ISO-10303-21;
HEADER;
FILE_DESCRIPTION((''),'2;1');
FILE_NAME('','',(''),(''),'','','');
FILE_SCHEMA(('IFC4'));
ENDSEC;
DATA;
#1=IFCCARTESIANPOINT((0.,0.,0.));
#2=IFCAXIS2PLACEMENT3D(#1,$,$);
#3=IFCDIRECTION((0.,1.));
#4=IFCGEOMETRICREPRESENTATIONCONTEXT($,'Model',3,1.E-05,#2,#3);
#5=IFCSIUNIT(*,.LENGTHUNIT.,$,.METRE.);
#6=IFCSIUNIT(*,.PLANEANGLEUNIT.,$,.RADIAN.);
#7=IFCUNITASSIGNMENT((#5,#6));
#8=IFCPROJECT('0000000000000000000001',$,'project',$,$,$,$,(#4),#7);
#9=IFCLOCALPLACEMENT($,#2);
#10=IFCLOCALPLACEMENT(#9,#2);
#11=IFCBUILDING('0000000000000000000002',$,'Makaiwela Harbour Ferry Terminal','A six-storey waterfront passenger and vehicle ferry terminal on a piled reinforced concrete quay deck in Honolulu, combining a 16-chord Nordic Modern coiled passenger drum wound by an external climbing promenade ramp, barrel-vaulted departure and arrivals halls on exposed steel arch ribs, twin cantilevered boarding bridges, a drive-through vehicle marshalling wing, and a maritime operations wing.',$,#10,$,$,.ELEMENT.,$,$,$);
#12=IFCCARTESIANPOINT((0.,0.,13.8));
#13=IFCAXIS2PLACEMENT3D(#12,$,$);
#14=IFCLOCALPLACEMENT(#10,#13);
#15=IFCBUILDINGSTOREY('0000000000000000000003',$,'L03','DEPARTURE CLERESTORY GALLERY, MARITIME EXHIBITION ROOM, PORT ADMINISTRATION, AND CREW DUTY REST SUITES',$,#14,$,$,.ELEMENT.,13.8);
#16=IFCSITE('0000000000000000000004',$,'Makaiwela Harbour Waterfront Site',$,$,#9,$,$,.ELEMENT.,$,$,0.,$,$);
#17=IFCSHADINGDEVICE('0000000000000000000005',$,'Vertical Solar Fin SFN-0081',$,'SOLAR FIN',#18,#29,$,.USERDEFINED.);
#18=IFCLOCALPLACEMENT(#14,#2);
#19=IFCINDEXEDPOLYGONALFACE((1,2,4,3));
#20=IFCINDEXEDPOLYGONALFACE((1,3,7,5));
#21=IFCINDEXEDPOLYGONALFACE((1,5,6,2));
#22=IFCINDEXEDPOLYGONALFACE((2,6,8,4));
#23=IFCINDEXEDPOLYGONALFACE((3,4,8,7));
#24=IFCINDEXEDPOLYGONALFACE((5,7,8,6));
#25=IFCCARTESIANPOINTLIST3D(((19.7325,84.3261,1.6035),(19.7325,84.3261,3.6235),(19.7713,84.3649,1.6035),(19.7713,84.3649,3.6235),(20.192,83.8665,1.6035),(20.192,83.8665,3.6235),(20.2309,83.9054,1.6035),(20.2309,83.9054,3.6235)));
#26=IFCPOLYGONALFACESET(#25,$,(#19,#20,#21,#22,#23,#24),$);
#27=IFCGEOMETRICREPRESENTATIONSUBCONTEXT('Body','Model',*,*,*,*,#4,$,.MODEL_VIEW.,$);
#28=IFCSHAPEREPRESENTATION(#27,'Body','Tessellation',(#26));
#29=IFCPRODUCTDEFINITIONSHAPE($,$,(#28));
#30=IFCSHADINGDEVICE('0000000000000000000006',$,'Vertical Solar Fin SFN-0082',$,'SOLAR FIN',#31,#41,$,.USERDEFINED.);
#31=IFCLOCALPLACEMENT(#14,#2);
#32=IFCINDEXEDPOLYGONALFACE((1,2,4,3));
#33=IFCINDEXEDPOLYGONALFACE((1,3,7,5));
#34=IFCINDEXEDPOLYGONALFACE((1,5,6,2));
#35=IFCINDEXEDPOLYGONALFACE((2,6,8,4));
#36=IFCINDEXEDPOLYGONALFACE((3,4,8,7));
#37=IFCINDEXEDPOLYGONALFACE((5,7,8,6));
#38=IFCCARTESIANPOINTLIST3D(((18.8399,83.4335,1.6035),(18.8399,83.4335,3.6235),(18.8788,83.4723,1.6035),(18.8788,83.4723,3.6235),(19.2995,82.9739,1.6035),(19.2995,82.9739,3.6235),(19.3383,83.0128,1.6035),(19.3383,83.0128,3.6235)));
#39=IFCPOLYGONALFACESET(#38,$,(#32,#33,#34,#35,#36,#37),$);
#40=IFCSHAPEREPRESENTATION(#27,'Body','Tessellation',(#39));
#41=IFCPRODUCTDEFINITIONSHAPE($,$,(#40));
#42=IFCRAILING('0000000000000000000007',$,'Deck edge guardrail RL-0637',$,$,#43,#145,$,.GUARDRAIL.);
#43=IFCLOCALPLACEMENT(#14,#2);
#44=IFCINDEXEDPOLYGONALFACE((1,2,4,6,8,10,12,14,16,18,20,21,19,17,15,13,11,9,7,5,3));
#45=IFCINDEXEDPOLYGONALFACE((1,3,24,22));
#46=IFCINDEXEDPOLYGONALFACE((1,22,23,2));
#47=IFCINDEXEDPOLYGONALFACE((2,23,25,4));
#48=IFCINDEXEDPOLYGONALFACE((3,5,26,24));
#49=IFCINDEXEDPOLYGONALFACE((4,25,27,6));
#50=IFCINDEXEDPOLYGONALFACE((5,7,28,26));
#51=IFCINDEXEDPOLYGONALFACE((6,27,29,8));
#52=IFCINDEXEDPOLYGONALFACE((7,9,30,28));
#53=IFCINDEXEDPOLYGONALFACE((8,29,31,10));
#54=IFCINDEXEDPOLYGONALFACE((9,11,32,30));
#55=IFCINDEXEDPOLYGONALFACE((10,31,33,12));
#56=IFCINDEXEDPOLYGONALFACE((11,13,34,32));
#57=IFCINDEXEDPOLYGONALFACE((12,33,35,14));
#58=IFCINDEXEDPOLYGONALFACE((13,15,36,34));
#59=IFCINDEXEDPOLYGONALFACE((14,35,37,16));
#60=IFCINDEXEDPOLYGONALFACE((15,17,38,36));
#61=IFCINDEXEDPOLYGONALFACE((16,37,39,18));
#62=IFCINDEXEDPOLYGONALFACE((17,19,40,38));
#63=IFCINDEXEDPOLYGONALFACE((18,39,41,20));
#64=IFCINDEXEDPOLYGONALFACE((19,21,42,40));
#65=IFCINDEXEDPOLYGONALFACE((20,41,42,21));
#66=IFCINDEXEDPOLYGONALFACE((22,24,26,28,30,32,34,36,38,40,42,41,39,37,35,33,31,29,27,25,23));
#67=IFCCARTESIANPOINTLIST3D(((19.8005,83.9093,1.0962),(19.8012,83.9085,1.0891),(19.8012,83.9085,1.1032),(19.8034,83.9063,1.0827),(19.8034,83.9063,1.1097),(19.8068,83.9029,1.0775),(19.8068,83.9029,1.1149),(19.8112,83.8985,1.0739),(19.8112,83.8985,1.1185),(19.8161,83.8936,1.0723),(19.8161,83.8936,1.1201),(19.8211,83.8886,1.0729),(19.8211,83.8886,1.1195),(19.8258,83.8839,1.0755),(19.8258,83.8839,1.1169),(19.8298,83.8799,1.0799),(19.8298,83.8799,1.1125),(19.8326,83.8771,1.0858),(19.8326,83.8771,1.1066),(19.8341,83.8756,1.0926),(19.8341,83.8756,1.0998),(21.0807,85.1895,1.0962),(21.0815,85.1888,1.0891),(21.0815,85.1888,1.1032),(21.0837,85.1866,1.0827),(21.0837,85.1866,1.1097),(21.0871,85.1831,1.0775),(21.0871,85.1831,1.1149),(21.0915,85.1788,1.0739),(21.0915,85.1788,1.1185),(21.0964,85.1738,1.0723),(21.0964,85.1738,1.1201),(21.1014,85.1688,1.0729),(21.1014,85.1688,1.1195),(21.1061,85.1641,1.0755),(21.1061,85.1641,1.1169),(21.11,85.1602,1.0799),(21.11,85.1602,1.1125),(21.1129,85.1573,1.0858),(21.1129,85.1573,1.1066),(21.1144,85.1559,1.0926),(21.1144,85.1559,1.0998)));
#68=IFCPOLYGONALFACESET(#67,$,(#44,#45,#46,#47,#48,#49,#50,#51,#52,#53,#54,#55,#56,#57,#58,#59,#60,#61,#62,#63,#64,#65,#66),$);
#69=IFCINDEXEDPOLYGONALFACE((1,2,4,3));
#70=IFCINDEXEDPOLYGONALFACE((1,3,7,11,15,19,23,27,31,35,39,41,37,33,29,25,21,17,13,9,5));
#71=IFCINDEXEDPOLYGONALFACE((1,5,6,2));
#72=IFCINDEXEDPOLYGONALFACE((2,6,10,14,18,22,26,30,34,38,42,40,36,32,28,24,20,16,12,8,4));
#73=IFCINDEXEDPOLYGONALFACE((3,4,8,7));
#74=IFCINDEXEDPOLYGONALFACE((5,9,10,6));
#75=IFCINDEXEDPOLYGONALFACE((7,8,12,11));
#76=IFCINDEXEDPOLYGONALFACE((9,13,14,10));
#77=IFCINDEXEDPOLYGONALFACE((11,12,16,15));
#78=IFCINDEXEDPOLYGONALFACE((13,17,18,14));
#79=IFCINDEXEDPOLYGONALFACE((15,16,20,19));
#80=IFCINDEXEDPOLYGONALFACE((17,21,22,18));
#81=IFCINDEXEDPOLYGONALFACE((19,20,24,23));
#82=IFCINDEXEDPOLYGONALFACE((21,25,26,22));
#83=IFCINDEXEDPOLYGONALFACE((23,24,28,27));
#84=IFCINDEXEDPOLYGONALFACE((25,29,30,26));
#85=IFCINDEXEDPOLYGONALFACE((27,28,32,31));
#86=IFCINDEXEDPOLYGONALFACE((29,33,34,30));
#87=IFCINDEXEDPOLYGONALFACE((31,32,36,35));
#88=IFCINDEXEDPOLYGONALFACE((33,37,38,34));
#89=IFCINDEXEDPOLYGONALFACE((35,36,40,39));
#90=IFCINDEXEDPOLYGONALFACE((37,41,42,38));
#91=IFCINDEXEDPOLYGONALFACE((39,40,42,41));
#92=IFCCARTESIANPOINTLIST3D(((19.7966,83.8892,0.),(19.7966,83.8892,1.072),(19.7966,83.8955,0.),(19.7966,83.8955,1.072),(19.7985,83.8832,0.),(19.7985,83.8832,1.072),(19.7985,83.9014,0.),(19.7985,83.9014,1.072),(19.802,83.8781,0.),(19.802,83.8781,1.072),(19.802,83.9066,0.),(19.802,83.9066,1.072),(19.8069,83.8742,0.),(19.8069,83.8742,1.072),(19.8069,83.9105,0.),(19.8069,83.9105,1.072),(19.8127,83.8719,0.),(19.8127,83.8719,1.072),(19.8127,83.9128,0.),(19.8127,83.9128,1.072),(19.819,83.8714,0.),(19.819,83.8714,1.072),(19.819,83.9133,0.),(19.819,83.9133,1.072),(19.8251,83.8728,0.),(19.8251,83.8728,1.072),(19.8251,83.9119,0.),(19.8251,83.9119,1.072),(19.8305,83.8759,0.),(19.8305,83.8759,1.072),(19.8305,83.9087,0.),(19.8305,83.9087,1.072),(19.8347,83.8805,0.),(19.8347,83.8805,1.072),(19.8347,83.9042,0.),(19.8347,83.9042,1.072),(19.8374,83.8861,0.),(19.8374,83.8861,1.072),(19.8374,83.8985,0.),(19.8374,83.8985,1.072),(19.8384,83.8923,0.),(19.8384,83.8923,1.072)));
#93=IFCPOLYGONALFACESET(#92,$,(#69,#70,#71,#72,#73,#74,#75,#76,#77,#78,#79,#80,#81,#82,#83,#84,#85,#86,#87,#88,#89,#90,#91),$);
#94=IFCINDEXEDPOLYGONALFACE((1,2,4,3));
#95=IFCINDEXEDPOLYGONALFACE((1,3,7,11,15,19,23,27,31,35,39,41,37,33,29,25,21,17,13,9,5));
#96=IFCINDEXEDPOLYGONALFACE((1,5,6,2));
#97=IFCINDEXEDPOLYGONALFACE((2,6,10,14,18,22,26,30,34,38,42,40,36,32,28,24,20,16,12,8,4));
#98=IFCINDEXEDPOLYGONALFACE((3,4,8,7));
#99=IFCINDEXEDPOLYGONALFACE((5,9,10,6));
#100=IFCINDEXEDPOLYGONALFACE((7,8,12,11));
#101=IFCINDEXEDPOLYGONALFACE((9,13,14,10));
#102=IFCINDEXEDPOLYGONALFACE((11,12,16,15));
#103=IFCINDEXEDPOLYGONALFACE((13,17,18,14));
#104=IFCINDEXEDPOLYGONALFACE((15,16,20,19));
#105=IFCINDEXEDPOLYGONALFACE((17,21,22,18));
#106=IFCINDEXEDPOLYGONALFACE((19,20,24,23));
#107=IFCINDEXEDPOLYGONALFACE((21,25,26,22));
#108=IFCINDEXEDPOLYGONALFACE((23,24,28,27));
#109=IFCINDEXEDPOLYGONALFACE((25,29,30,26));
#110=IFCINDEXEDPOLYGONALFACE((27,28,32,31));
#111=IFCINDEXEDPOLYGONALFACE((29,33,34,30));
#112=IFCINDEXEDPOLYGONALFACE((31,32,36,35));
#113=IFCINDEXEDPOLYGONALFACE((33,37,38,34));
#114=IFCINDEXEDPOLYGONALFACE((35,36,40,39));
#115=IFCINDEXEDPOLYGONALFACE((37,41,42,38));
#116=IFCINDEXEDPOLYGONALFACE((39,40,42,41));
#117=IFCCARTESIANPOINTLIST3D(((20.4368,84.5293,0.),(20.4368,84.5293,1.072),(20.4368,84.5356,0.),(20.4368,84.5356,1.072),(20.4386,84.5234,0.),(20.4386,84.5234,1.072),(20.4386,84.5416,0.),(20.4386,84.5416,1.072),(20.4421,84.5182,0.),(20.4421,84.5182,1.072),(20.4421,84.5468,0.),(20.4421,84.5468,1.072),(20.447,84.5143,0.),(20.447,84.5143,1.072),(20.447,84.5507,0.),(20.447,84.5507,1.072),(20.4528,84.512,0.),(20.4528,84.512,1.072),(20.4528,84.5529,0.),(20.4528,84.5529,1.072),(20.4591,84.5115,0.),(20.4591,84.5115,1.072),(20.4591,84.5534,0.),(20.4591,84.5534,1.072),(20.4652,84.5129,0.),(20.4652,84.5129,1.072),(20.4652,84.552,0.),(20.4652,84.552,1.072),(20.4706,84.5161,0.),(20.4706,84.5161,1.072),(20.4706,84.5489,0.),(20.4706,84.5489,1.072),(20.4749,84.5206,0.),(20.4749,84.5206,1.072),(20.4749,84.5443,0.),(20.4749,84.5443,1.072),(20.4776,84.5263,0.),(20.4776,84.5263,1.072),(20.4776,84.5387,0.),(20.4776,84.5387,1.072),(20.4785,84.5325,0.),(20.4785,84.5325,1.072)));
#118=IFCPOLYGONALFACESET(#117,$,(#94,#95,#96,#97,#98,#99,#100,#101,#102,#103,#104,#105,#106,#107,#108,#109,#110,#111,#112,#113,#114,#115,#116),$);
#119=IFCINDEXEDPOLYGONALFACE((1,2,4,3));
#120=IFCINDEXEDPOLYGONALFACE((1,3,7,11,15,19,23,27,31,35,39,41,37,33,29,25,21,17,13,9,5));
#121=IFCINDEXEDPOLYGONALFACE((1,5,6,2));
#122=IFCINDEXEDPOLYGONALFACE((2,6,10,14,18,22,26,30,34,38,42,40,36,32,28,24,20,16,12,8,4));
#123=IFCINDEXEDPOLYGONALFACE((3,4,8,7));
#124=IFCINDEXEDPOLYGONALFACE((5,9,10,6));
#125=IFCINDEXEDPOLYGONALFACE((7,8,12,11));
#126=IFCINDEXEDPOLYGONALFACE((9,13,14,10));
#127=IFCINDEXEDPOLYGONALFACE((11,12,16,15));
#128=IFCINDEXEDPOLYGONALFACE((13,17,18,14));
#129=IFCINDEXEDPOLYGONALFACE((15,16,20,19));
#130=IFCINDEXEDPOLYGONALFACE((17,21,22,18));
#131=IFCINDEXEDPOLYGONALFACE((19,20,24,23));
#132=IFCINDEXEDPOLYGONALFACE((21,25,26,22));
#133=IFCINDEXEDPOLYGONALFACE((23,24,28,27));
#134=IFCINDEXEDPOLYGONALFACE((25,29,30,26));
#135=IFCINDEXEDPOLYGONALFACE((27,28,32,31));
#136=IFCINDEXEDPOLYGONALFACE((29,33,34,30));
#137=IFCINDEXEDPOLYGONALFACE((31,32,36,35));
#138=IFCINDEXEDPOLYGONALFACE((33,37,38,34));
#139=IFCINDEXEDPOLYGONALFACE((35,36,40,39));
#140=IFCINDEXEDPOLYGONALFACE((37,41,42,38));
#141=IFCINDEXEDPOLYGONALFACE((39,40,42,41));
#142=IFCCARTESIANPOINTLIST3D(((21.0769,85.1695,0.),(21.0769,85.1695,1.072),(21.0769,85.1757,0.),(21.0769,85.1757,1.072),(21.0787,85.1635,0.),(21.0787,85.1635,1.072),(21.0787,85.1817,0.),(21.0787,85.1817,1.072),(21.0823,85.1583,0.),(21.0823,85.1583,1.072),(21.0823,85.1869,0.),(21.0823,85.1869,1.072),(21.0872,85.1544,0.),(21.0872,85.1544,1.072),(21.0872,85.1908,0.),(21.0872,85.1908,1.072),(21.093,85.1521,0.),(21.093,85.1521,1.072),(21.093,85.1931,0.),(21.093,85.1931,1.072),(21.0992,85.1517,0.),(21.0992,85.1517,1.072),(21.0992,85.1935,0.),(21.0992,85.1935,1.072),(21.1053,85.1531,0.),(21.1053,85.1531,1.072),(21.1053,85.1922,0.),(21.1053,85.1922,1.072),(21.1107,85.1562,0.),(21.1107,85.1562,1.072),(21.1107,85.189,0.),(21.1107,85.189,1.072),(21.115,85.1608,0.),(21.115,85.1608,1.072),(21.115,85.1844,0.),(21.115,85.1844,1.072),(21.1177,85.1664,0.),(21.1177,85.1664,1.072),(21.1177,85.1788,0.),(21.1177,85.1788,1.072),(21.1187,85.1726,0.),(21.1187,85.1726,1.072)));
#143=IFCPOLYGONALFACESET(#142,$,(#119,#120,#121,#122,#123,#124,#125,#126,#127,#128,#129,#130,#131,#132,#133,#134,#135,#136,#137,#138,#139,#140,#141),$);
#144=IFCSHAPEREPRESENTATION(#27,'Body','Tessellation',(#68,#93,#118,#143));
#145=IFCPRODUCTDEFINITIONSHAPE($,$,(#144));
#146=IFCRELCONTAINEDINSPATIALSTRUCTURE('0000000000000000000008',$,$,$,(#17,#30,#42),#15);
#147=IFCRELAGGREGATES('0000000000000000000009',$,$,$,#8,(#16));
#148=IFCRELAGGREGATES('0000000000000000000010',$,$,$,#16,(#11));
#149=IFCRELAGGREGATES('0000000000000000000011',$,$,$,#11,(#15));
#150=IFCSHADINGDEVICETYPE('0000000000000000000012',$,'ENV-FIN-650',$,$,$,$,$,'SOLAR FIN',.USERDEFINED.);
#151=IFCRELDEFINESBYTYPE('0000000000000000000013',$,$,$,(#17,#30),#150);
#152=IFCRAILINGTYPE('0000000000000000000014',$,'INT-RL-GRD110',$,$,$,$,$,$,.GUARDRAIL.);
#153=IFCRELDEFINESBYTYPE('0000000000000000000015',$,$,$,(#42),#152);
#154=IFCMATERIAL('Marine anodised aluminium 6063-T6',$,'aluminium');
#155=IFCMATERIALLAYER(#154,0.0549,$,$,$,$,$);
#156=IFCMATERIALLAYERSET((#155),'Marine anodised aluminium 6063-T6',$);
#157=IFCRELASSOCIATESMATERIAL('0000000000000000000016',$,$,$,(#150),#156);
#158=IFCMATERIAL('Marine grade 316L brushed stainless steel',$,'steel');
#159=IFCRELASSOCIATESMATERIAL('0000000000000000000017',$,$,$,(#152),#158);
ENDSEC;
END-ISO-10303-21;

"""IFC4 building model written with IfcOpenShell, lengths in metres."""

from ifc_helpers import new_model, si_unit, direction, frame, origin, origin_2d, place, context, subcontext, project, spatial, rectangle, circle, extrude, material, layer, layer_set, type_object, element, save


model = new_model("IFC4")

# Units and contexts
model_context = context("Model", 3, precision=1e-05, world=origin(), true_north=direction((0.0, 1.0)))
body_context = subcontext(model_context, "Body", "Model", "MODEL_VIEW")
ifc_project = project(units=[si_unit("LENGTHUNIT", "METRE"), si_unit("PLANEANGLEUNIT", "RADIAN")], contexts=[model_context])

# Site, building, storey
site_placement = place(None, origin())
site = spatial("IfcSite", under=ifc_project, at=site_placement, Name="Makaiwela Harbour Waterfront Site", CompositionType="ELEMENT", RefElevation=0.0)
building_placement = place(site_placement, origin())
building = spatial("IfcBuilding", under=site, at=building_placement, Name="Makaiwela Harbour Ferry Terminal", Description="A six-storey waterfront passenger and vehicle ferry terminal on a piled reinforced concrete quay deck in Honolulu, combining a 16-chord Nordic Modern coiled passenger drum wound by an external climbing promenade ramp, barrel-vaulted departure and arrivals halls on exposed steel arch ribs, twin cantilevered boarding bridges, a drive-through vehicle marshalling wing, and a maritime operations wing.", CompositionType="ELEMENT")
storey_placement = place(building_placement, frame((0.0, 0.0, 13.8)))
storey = spatial("IfcBuildingStorey", under=building, at=storey_placement, Name="L03", Description="DEPARTURE CLERESTORY GALLERY, MARITIME EXHIBITION ROOM, PORT ADMINISTRATION, AND CREW DUTY REST SUITES", CompositionType="ELEMENT", Elevation=13.8)

# Shared definitions
ifc_material_1 = material(Name="Marine anodised aluminium 6063-T6", Category="aluminium")

# Shading devices
ifc_layer_1 = layer(ifc_material_1, 0.0549)
ifc_layer_set_1 = layer_set([ifc_layer_1], Name="Marine anodised aluminium 6063-T6")
shading_device_type = type_object("IfcShadingDeviceType", Name="ENV-FIN-650", ElementType="SOLAR FIN", PredefinedType="USERDEFINED", material=ifc_layer_set_1)
for number, where, z_axis, x_axis, name in (
    (1, (19.9817, 84.1157, 1.6035), (0.0, 0.0, 1.0), (-0.707107, 0.707107, 0.0), "Vertical Solar Fin SFN-0081"),
    (2, (19.0891, 83.2231, 1.6035), (0.0, 0.0, 1.0), (-0.707107, 0.707107, 0.0), "Vertical Solar Fin SFN-0082"),
):
    element("IfcShadingDevice", number, at=place(storey_placement, frame(where, z_axis=z_axis, x_axis=x_axis)), inside=storey, type_object=shading_device_type, Name=name, ObjectType="SOLAR FIN", PredefinedType="USERDEFINED", context=body_context, shape_type="SweptSolid", body=[
        extrude(rectangle(XDim=0.6499, YDim=0.0549, at=origin_2d()), origin(), (0.0, 0.0, 1.0), 2.02),
    ])

# Railing
ifc_material_2 = material(Name="Marine grade 316L brushed stainless steel", Category="steel")
railing_type = type_object("IfcRailingType", Name="INT-RL-GRD110", PredefinedType="GUARDRAIL", material=ifc_material_2)
railing_1_placement = place(storey_placement, frame((19.8174, 83.8923, 0.0)))
element("IfcRailing", 3, at=railing_1_placement, inside=storey, type_object=railing_type, Name="Deck edge guardrail RL-0637", PredefinedType="GUARDRAIL", context=body_context, shape_type="SweptSolid", body=[
    extrude(circle(Radius=0.0239, at=origin_2d()), frame((0.0, 0.0, 1.0962), z_axis=(0.707107, 0.707107, 0.0), x_axis=(-0.707107, 0.707107, 0.0)), (0.0, 0.0, 1.0), 1.8105),
    extrude(circle(Radius=0.021, at=origin_2d()), origin(), (0.0, 0.0, 1.0), 1.072),
    extrude(circle(Radius=0.021, at=origin_2d()), frame((0.6401, 0.6401, 0.0)), (0.0, 0.0, 1.0), 1.072),
    extrude(circle(Radius=0.021, at=origin_2d()), frame((1.2803, 1.2803, 0.0)), (0.0, 0.0, 1.0), 1.072),
])

save(model, "model.ifc")
